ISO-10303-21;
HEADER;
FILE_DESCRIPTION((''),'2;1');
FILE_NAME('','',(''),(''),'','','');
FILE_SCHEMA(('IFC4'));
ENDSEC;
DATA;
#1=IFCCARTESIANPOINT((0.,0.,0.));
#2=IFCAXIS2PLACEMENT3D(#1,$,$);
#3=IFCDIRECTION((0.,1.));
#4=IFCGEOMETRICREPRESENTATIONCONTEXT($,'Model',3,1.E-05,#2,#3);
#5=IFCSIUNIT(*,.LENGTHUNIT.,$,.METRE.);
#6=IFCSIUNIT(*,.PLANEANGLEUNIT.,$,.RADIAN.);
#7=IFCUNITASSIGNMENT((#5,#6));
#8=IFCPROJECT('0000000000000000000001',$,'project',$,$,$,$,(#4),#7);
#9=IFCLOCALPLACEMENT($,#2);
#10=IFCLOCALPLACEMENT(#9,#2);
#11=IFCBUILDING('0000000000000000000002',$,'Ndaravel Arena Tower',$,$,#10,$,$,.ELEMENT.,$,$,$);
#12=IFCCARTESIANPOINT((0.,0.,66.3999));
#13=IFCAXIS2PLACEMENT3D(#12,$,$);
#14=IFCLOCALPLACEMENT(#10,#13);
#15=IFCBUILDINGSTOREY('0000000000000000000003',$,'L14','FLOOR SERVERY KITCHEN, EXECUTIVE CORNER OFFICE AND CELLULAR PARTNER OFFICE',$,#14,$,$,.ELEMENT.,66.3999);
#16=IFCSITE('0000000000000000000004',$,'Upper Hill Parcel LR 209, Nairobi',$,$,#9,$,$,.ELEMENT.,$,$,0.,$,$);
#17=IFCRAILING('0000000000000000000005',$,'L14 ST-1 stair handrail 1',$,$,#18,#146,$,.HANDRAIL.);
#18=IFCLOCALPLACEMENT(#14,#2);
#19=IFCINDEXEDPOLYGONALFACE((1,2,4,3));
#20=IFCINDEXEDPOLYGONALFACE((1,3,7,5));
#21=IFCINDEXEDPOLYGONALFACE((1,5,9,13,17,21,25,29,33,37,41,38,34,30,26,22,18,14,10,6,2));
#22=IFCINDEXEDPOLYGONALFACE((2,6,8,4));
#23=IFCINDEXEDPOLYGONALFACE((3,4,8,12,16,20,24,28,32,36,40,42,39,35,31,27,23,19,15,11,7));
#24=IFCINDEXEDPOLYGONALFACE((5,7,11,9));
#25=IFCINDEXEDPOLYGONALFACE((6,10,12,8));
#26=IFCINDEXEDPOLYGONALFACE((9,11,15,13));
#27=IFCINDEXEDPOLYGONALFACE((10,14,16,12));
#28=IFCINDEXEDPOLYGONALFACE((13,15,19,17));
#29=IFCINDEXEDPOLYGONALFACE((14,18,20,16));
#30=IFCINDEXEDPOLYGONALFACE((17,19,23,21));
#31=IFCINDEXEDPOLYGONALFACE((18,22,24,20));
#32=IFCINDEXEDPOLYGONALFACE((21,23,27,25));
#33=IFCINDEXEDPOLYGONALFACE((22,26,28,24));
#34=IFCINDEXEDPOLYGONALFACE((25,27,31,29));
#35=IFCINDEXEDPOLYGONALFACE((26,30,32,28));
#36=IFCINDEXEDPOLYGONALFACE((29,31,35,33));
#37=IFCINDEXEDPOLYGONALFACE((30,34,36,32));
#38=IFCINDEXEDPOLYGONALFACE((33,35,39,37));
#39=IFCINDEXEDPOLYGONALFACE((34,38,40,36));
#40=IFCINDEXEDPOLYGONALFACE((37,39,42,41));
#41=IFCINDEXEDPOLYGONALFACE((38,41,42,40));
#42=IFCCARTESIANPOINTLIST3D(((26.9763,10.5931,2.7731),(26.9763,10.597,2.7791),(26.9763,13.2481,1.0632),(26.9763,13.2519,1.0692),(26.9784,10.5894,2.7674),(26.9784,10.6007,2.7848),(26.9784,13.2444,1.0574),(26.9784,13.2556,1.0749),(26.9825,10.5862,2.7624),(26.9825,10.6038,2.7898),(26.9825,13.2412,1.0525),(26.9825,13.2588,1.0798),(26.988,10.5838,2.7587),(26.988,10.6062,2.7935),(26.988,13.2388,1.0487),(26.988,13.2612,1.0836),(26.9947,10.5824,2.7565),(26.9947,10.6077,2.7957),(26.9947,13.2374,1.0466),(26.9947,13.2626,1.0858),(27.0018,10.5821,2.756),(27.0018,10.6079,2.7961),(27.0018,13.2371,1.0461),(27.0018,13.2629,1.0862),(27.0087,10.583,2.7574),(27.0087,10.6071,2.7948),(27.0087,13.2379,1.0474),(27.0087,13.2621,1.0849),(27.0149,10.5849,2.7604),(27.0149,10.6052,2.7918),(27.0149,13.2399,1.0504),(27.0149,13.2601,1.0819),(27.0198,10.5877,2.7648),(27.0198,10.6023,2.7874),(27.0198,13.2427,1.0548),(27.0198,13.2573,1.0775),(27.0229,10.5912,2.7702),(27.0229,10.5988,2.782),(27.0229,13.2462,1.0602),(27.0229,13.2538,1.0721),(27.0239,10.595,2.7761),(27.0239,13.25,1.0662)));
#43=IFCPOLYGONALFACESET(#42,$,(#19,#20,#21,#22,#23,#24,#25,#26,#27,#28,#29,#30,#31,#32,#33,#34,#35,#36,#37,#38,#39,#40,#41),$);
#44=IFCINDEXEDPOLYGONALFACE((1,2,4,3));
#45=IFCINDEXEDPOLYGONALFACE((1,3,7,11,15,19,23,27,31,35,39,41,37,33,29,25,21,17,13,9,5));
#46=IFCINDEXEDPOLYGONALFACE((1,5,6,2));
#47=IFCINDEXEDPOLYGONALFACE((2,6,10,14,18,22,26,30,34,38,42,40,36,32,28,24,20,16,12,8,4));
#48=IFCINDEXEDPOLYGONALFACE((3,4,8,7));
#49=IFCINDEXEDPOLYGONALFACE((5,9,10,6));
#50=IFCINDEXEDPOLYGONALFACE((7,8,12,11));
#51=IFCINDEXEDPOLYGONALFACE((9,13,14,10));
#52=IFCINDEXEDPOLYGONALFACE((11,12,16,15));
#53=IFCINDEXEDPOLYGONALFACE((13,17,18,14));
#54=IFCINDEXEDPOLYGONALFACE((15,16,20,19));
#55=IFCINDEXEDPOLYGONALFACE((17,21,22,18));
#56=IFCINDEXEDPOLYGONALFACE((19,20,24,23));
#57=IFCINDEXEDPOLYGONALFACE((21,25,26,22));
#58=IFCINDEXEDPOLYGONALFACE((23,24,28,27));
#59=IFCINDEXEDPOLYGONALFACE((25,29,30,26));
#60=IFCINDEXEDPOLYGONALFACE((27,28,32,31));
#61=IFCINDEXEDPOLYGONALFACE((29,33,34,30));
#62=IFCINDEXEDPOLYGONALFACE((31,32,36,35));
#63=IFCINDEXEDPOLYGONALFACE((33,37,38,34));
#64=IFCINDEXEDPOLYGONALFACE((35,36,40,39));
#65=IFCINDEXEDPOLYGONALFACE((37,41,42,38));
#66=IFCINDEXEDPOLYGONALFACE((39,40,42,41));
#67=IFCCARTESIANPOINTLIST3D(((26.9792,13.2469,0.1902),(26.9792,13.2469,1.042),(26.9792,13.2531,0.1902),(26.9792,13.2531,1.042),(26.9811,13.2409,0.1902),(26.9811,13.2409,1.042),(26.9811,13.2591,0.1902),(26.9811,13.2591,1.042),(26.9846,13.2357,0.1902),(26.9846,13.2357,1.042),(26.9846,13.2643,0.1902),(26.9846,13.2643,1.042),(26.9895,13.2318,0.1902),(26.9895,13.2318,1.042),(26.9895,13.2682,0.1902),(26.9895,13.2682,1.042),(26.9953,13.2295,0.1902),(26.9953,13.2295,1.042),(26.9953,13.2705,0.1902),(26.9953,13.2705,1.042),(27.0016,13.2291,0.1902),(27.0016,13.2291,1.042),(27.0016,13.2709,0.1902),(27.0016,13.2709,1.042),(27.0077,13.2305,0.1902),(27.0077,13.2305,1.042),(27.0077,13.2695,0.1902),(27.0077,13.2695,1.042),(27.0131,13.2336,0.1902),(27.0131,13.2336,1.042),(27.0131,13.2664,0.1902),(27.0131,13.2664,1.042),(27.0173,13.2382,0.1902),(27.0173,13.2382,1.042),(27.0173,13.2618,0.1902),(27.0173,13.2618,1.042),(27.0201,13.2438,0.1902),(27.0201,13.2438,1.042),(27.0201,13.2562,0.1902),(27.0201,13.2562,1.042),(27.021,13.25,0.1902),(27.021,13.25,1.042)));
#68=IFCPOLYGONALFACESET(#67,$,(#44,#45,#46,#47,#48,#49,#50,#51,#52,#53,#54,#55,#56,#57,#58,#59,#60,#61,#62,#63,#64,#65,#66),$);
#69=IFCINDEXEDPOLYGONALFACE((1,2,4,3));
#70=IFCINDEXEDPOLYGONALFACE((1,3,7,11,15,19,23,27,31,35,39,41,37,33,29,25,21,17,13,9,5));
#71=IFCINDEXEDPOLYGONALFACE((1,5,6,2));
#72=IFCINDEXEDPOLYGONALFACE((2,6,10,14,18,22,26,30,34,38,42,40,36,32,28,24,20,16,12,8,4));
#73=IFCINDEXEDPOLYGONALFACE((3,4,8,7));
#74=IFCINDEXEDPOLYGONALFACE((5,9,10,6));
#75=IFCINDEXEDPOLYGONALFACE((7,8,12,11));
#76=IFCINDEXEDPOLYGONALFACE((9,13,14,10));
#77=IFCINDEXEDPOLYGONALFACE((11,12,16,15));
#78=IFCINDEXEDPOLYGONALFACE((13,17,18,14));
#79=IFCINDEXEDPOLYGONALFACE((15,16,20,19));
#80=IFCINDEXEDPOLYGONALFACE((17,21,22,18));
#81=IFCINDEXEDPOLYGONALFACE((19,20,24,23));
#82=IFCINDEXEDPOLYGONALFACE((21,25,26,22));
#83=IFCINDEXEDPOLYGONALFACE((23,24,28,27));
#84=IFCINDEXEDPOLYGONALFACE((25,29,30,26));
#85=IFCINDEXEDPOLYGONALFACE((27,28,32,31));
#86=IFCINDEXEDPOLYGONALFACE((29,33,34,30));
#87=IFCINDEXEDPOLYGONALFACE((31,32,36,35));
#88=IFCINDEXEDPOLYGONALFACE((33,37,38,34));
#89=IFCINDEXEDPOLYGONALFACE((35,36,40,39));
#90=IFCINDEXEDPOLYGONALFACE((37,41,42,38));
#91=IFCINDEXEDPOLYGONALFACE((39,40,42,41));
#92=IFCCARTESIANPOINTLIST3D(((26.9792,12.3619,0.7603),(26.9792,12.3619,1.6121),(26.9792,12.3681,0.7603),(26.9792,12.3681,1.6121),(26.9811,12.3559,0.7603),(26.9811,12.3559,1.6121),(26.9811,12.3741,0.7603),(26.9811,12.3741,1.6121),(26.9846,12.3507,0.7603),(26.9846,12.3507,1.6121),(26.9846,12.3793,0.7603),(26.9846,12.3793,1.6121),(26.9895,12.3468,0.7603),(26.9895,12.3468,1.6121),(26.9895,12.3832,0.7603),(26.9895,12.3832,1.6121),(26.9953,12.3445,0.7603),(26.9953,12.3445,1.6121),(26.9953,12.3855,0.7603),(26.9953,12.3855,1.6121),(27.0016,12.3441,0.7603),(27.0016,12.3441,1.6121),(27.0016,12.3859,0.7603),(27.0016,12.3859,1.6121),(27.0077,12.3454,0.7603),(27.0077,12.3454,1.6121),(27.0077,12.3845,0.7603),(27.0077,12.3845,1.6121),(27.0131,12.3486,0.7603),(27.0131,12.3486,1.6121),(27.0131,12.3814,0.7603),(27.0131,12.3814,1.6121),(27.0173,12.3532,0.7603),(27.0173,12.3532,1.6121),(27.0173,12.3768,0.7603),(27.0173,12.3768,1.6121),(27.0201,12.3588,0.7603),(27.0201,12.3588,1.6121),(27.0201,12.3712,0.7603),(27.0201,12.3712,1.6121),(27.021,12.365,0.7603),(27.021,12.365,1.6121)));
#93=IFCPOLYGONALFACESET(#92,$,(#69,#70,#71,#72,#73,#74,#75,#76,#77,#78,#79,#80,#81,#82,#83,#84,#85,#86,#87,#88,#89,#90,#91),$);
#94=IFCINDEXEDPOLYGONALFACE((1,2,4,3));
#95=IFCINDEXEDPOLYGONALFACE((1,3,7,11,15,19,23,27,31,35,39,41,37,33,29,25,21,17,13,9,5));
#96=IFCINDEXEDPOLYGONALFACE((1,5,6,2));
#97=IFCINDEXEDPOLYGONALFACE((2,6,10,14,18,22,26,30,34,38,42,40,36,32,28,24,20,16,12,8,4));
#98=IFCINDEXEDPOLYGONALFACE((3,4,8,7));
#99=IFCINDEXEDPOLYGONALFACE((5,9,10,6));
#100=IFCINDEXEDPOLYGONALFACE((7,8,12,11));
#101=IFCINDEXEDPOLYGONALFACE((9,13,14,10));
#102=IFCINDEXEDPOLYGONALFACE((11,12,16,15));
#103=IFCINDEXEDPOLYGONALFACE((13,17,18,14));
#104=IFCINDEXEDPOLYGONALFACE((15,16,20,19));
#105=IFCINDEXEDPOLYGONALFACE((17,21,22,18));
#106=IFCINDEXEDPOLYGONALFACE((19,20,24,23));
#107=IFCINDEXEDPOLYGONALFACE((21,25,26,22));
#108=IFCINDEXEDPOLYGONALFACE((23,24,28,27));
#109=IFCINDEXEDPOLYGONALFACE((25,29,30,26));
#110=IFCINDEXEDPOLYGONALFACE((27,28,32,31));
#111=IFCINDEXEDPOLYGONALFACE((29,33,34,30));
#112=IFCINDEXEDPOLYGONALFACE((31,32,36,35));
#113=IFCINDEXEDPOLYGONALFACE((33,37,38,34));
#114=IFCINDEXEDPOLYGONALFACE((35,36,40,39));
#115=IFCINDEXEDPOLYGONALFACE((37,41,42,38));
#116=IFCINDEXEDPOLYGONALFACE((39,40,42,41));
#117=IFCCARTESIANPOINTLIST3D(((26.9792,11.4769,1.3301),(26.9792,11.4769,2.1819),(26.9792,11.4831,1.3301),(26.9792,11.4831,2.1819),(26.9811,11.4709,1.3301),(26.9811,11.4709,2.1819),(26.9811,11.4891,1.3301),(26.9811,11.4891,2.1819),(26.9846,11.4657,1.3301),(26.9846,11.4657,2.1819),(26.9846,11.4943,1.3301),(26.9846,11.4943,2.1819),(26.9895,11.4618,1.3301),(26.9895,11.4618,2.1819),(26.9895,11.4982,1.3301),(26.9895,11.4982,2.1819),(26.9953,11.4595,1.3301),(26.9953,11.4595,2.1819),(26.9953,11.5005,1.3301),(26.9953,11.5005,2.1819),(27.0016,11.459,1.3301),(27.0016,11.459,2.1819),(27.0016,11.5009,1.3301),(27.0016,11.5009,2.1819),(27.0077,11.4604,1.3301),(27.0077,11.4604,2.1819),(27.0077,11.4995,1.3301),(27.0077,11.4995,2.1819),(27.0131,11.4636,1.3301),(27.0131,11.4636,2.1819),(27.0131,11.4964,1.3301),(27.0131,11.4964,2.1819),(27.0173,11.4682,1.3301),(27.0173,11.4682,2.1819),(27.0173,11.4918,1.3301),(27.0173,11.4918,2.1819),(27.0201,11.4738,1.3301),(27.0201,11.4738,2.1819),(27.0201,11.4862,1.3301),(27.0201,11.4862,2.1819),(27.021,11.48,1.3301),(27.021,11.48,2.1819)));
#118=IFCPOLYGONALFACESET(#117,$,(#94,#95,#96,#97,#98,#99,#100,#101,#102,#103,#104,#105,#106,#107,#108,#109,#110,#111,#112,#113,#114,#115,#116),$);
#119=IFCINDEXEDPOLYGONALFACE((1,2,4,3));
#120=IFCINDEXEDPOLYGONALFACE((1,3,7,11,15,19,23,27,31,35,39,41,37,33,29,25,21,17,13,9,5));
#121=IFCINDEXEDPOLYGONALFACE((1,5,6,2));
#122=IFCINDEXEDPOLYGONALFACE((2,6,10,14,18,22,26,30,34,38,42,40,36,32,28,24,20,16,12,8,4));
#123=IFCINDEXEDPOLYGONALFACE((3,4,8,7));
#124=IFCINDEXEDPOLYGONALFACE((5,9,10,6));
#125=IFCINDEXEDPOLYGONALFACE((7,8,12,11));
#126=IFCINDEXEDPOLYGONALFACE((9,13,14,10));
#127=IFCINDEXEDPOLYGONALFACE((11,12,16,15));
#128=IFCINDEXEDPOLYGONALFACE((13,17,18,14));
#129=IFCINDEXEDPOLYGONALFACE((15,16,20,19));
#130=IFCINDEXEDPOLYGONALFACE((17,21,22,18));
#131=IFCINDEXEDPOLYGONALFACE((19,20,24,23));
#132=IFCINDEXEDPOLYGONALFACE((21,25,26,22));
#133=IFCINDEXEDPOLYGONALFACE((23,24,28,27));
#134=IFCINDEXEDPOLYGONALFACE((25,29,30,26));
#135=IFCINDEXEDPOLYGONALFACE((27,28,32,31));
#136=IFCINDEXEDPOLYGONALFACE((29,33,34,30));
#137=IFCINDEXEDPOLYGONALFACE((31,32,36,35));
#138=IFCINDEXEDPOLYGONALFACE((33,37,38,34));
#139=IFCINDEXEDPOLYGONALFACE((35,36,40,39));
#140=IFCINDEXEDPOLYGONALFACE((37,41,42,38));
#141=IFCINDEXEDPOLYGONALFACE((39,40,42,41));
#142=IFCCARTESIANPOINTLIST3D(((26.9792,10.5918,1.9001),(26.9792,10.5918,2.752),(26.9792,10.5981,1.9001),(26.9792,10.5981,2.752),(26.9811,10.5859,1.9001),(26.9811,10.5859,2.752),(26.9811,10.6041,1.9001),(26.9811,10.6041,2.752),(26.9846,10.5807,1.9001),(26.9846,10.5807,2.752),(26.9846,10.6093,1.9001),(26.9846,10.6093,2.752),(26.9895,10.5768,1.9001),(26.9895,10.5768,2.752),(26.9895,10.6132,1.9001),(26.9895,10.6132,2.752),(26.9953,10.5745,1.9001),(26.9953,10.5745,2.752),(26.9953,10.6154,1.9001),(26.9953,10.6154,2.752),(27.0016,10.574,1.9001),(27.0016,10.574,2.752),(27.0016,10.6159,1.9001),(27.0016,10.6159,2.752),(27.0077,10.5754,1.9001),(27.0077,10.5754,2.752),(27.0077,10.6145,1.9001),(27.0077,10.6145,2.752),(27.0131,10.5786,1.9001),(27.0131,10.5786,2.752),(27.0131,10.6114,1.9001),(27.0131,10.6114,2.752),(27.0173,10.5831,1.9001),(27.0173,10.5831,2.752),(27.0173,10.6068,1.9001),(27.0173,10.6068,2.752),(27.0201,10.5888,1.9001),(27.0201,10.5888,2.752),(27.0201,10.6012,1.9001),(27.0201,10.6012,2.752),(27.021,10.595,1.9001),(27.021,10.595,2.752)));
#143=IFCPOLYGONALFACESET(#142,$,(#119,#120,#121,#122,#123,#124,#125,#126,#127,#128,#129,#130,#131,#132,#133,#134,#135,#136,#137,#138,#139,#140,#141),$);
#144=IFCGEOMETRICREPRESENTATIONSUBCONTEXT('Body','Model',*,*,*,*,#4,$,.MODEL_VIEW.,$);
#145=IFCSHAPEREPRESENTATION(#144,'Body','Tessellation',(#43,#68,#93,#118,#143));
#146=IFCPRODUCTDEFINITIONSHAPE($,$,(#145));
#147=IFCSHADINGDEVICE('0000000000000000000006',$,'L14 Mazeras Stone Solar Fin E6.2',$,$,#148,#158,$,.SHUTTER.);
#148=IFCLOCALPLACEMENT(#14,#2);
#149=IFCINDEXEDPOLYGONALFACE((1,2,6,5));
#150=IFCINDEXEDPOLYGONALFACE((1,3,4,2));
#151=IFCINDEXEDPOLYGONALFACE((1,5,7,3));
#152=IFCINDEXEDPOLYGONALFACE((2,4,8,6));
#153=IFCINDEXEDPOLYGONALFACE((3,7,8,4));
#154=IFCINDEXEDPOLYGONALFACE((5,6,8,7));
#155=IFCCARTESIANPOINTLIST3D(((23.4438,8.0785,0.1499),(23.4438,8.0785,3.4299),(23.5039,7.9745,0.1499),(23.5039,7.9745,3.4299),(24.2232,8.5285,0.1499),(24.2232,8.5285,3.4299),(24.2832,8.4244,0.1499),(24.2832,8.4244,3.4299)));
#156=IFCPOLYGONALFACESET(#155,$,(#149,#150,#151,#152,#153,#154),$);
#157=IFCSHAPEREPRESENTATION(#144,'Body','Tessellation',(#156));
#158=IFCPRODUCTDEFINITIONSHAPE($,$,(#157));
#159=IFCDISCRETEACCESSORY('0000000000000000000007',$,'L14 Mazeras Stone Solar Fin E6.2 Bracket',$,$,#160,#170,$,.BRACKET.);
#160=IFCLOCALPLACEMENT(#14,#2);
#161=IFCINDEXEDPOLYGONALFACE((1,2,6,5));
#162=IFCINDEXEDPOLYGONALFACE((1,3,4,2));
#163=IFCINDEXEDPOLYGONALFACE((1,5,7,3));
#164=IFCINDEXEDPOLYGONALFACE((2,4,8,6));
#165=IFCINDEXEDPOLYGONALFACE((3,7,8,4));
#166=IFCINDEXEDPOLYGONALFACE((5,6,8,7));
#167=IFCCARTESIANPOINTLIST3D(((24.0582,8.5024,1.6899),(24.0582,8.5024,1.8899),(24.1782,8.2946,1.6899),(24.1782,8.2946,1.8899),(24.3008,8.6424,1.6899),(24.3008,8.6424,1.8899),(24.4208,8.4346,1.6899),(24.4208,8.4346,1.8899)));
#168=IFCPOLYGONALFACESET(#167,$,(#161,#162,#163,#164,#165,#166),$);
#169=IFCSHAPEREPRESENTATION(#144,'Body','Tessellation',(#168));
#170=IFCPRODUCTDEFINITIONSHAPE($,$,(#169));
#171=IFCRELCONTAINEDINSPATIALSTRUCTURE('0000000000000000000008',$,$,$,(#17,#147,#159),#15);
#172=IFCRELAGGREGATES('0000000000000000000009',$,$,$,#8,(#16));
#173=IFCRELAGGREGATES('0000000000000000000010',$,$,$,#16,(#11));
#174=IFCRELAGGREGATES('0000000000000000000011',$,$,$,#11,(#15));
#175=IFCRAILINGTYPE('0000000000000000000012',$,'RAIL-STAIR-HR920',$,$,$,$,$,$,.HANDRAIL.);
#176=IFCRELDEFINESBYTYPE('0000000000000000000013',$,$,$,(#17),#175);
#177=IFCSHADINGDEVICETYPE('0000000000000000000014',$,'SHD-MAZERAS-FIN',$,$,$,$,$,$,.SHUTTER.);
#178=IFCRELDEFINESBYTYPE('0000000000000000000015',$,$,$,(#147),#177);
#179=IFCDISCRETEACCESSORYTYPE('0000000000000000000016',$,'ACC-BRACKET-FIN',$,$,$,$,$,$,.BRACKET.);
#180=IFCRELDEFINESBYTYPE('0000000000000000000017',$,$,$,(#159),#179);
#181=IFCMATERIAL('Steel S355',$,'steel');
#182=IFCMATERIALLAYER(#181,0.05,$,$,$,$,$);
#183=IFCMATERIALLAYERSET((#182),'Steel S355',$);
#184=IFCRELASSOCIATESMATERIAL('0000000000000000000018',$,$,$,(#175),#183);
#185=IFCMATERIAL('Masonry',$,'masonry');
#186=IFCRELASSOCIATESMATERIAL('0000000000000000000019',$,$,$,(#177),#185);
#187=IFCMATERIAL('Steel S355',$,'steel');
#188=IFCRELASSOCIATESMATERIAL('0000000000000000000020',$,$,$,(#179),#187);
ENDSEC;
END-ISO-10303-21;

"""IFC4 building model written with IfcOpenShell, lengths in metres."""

from ifc_helpers import new_model, si_unit, direction, frame, origin, origin_2d, place, context, subcontext, project, spatial, rectangle, circle, extrude, material, layer, layer_set, type_object, element, save


model = new_model("IFC4")

# Units and contexts
model_context = context("Model", 3, precision=1e-05, world=origin(), true_north=direction((0.0, 1.0)))
body_context = subcontext(model_context, "Body", "Model", "MODEL_VIEW")
ifc_project = project(units=[si_unit("LENGTHUNIT", "METRE"), si_unit("PLANEANGLEUNIT", "RADIAN")], contexts=[model_context])

# Site, building, storey
site_placement = place(None, origin())
site = spatial("IfcSite", under=ifc_project, at=site_placement, Name="Upper Hill Parcel LR 209, Nairobi", CompositionType="ELEMENT", RefElevation=0.0)
building_placement = place(site_placement, origin())
building = spatial("IfcBuilding", under=site, at=building_placement, Name="Ndaravel Arena Tower", CompositionType="ELEMENT")
storey_placement = place(building_placement, frame((0.0, 0.0, 66.3999)))
storey = spatial("IfcBuildingStorey", under=building, at=storey_placement, Name="L14", Description="FLOOR SERVERY KITCHEN, EXECUTIVE CORNER OFFICE AND CELLULAR PARTNER OFFICE", CompositionType="ELEMENT", Elevation=66.3999)

# Railing
ifc_material_1 = material(Name="Steel S355", Category="steel")
ifc_layer_1 = layer(ifc_material_1, 0.05)
ifc_layer_set_1 = layer_set([ifc_layer_1], Name="Steel S355")
railing_type_1 = type_object("IfcRailingType", Name="RAIL-STAIR-HR920", PredefinedType="HANDRAIL", material=ifc_layer_set_1)
railing_1_placement = place(storey_placement, frame((27.0, 13.25, 0.1902)))
element("IfcRailing", 1, at=railing_1_placement, inside=storey, type_object=railing_type_1, Name="L14 ST-1 stair handrail 1", PredefinedType="HANDRAIL", context=body_context, shape_type="SweptSolid", body=[
    extrude(circle(Radius=0.0239, at=origin_2d()), frame((0.0, 0.0, 0.876), z_axis=(0.0, -0.840724, 0.541465), x_axis=(1.0, 0.0, 0.0)), (0.0, 0.0, 1.0), 3.158),
    extrude(circle(Radius=0.021, at=origin_2d()), origin(), (0.0, 0.0, 1.0), 0.8518),
    extrude(circle(Radius=0.021, at=origin_2d()), frame((0.0, -0.885, 0.5701)), (0.0, 0.0, 1.0), 0.8518),
    extrude(circle(Radius=0.021, at=origin_2d()), frame((0.0, -1.77, 1.1399)), (0.0, 0.0, 1.0), 0.8518),
    extrude(circle(Radius=0.021, at=origin_2d()), frame((0.0, -2.655, 1.71)), (0.0, 0.0, 1.0), 0.8518),
])

# Shading device
ifc_material_2 = material(Name="Masonry", Category="masonry")
shading_device_type = type_object("IfcShadingDeviceType", Name="SHD-MAZERAS-FIN", PredefinedType="SHUTTER", material=ifc_material_2)
shading_device_placement = place(storey_placement, frame((23.8635, 8.2515, 0.1499), z_axis=(0.0, 0.0, 1.0), x_axis=(-0.866025, -0.5, 0.0)))
element("IfcShadingDevice", 2, at=shading_device_placement, inside=storey, type_object=shading_device_type, Name="L14 Mazeras Stone Solar Fin E6.2", PredefinedType="SHUTTER", context=body_context, shape_type="SweptSolid", body=[
    extrude(rectangle(XDim=0.8999, YDim=0.1201, at=origin_2d()), origin(), (0.0, 0.0, 1.0), 3.28),
])

# Discrete accessory
ifc_material_3 = material(Name="Steel S355", Category="steel")
discrete_accessory_type = type_object("IfcDiscreteAccessoryType", Name="ACC-BRACKET-FIN", PredefinedType="BRACKET", material=ifc_material_3)
discrete_accessory_placement = place(storey_placement, frame((24.2395, 8.4685, 1.6899), z_axis=(0.0, 0.0, 1.0), x_axis=(-0.866025, -0.5, 0.0)))
element("IfcDiscreteAccessory", 3, at=discrete_accessory_placement, inside=storey, type_object=discrete_accessory_type, Name="L14 Mazeras Stone Solar Fin E6.2 Bracket", PredefinedType="BRACKET", context=body_context, shape_type="SweptSolid", body=[
    extrude(rectangle(XDim=0.28, YDim=0.24, at=origin_2d()), origin(), (0.0, 0.0, 1.0), 0.2),
])

save(model, "model.ifc")
